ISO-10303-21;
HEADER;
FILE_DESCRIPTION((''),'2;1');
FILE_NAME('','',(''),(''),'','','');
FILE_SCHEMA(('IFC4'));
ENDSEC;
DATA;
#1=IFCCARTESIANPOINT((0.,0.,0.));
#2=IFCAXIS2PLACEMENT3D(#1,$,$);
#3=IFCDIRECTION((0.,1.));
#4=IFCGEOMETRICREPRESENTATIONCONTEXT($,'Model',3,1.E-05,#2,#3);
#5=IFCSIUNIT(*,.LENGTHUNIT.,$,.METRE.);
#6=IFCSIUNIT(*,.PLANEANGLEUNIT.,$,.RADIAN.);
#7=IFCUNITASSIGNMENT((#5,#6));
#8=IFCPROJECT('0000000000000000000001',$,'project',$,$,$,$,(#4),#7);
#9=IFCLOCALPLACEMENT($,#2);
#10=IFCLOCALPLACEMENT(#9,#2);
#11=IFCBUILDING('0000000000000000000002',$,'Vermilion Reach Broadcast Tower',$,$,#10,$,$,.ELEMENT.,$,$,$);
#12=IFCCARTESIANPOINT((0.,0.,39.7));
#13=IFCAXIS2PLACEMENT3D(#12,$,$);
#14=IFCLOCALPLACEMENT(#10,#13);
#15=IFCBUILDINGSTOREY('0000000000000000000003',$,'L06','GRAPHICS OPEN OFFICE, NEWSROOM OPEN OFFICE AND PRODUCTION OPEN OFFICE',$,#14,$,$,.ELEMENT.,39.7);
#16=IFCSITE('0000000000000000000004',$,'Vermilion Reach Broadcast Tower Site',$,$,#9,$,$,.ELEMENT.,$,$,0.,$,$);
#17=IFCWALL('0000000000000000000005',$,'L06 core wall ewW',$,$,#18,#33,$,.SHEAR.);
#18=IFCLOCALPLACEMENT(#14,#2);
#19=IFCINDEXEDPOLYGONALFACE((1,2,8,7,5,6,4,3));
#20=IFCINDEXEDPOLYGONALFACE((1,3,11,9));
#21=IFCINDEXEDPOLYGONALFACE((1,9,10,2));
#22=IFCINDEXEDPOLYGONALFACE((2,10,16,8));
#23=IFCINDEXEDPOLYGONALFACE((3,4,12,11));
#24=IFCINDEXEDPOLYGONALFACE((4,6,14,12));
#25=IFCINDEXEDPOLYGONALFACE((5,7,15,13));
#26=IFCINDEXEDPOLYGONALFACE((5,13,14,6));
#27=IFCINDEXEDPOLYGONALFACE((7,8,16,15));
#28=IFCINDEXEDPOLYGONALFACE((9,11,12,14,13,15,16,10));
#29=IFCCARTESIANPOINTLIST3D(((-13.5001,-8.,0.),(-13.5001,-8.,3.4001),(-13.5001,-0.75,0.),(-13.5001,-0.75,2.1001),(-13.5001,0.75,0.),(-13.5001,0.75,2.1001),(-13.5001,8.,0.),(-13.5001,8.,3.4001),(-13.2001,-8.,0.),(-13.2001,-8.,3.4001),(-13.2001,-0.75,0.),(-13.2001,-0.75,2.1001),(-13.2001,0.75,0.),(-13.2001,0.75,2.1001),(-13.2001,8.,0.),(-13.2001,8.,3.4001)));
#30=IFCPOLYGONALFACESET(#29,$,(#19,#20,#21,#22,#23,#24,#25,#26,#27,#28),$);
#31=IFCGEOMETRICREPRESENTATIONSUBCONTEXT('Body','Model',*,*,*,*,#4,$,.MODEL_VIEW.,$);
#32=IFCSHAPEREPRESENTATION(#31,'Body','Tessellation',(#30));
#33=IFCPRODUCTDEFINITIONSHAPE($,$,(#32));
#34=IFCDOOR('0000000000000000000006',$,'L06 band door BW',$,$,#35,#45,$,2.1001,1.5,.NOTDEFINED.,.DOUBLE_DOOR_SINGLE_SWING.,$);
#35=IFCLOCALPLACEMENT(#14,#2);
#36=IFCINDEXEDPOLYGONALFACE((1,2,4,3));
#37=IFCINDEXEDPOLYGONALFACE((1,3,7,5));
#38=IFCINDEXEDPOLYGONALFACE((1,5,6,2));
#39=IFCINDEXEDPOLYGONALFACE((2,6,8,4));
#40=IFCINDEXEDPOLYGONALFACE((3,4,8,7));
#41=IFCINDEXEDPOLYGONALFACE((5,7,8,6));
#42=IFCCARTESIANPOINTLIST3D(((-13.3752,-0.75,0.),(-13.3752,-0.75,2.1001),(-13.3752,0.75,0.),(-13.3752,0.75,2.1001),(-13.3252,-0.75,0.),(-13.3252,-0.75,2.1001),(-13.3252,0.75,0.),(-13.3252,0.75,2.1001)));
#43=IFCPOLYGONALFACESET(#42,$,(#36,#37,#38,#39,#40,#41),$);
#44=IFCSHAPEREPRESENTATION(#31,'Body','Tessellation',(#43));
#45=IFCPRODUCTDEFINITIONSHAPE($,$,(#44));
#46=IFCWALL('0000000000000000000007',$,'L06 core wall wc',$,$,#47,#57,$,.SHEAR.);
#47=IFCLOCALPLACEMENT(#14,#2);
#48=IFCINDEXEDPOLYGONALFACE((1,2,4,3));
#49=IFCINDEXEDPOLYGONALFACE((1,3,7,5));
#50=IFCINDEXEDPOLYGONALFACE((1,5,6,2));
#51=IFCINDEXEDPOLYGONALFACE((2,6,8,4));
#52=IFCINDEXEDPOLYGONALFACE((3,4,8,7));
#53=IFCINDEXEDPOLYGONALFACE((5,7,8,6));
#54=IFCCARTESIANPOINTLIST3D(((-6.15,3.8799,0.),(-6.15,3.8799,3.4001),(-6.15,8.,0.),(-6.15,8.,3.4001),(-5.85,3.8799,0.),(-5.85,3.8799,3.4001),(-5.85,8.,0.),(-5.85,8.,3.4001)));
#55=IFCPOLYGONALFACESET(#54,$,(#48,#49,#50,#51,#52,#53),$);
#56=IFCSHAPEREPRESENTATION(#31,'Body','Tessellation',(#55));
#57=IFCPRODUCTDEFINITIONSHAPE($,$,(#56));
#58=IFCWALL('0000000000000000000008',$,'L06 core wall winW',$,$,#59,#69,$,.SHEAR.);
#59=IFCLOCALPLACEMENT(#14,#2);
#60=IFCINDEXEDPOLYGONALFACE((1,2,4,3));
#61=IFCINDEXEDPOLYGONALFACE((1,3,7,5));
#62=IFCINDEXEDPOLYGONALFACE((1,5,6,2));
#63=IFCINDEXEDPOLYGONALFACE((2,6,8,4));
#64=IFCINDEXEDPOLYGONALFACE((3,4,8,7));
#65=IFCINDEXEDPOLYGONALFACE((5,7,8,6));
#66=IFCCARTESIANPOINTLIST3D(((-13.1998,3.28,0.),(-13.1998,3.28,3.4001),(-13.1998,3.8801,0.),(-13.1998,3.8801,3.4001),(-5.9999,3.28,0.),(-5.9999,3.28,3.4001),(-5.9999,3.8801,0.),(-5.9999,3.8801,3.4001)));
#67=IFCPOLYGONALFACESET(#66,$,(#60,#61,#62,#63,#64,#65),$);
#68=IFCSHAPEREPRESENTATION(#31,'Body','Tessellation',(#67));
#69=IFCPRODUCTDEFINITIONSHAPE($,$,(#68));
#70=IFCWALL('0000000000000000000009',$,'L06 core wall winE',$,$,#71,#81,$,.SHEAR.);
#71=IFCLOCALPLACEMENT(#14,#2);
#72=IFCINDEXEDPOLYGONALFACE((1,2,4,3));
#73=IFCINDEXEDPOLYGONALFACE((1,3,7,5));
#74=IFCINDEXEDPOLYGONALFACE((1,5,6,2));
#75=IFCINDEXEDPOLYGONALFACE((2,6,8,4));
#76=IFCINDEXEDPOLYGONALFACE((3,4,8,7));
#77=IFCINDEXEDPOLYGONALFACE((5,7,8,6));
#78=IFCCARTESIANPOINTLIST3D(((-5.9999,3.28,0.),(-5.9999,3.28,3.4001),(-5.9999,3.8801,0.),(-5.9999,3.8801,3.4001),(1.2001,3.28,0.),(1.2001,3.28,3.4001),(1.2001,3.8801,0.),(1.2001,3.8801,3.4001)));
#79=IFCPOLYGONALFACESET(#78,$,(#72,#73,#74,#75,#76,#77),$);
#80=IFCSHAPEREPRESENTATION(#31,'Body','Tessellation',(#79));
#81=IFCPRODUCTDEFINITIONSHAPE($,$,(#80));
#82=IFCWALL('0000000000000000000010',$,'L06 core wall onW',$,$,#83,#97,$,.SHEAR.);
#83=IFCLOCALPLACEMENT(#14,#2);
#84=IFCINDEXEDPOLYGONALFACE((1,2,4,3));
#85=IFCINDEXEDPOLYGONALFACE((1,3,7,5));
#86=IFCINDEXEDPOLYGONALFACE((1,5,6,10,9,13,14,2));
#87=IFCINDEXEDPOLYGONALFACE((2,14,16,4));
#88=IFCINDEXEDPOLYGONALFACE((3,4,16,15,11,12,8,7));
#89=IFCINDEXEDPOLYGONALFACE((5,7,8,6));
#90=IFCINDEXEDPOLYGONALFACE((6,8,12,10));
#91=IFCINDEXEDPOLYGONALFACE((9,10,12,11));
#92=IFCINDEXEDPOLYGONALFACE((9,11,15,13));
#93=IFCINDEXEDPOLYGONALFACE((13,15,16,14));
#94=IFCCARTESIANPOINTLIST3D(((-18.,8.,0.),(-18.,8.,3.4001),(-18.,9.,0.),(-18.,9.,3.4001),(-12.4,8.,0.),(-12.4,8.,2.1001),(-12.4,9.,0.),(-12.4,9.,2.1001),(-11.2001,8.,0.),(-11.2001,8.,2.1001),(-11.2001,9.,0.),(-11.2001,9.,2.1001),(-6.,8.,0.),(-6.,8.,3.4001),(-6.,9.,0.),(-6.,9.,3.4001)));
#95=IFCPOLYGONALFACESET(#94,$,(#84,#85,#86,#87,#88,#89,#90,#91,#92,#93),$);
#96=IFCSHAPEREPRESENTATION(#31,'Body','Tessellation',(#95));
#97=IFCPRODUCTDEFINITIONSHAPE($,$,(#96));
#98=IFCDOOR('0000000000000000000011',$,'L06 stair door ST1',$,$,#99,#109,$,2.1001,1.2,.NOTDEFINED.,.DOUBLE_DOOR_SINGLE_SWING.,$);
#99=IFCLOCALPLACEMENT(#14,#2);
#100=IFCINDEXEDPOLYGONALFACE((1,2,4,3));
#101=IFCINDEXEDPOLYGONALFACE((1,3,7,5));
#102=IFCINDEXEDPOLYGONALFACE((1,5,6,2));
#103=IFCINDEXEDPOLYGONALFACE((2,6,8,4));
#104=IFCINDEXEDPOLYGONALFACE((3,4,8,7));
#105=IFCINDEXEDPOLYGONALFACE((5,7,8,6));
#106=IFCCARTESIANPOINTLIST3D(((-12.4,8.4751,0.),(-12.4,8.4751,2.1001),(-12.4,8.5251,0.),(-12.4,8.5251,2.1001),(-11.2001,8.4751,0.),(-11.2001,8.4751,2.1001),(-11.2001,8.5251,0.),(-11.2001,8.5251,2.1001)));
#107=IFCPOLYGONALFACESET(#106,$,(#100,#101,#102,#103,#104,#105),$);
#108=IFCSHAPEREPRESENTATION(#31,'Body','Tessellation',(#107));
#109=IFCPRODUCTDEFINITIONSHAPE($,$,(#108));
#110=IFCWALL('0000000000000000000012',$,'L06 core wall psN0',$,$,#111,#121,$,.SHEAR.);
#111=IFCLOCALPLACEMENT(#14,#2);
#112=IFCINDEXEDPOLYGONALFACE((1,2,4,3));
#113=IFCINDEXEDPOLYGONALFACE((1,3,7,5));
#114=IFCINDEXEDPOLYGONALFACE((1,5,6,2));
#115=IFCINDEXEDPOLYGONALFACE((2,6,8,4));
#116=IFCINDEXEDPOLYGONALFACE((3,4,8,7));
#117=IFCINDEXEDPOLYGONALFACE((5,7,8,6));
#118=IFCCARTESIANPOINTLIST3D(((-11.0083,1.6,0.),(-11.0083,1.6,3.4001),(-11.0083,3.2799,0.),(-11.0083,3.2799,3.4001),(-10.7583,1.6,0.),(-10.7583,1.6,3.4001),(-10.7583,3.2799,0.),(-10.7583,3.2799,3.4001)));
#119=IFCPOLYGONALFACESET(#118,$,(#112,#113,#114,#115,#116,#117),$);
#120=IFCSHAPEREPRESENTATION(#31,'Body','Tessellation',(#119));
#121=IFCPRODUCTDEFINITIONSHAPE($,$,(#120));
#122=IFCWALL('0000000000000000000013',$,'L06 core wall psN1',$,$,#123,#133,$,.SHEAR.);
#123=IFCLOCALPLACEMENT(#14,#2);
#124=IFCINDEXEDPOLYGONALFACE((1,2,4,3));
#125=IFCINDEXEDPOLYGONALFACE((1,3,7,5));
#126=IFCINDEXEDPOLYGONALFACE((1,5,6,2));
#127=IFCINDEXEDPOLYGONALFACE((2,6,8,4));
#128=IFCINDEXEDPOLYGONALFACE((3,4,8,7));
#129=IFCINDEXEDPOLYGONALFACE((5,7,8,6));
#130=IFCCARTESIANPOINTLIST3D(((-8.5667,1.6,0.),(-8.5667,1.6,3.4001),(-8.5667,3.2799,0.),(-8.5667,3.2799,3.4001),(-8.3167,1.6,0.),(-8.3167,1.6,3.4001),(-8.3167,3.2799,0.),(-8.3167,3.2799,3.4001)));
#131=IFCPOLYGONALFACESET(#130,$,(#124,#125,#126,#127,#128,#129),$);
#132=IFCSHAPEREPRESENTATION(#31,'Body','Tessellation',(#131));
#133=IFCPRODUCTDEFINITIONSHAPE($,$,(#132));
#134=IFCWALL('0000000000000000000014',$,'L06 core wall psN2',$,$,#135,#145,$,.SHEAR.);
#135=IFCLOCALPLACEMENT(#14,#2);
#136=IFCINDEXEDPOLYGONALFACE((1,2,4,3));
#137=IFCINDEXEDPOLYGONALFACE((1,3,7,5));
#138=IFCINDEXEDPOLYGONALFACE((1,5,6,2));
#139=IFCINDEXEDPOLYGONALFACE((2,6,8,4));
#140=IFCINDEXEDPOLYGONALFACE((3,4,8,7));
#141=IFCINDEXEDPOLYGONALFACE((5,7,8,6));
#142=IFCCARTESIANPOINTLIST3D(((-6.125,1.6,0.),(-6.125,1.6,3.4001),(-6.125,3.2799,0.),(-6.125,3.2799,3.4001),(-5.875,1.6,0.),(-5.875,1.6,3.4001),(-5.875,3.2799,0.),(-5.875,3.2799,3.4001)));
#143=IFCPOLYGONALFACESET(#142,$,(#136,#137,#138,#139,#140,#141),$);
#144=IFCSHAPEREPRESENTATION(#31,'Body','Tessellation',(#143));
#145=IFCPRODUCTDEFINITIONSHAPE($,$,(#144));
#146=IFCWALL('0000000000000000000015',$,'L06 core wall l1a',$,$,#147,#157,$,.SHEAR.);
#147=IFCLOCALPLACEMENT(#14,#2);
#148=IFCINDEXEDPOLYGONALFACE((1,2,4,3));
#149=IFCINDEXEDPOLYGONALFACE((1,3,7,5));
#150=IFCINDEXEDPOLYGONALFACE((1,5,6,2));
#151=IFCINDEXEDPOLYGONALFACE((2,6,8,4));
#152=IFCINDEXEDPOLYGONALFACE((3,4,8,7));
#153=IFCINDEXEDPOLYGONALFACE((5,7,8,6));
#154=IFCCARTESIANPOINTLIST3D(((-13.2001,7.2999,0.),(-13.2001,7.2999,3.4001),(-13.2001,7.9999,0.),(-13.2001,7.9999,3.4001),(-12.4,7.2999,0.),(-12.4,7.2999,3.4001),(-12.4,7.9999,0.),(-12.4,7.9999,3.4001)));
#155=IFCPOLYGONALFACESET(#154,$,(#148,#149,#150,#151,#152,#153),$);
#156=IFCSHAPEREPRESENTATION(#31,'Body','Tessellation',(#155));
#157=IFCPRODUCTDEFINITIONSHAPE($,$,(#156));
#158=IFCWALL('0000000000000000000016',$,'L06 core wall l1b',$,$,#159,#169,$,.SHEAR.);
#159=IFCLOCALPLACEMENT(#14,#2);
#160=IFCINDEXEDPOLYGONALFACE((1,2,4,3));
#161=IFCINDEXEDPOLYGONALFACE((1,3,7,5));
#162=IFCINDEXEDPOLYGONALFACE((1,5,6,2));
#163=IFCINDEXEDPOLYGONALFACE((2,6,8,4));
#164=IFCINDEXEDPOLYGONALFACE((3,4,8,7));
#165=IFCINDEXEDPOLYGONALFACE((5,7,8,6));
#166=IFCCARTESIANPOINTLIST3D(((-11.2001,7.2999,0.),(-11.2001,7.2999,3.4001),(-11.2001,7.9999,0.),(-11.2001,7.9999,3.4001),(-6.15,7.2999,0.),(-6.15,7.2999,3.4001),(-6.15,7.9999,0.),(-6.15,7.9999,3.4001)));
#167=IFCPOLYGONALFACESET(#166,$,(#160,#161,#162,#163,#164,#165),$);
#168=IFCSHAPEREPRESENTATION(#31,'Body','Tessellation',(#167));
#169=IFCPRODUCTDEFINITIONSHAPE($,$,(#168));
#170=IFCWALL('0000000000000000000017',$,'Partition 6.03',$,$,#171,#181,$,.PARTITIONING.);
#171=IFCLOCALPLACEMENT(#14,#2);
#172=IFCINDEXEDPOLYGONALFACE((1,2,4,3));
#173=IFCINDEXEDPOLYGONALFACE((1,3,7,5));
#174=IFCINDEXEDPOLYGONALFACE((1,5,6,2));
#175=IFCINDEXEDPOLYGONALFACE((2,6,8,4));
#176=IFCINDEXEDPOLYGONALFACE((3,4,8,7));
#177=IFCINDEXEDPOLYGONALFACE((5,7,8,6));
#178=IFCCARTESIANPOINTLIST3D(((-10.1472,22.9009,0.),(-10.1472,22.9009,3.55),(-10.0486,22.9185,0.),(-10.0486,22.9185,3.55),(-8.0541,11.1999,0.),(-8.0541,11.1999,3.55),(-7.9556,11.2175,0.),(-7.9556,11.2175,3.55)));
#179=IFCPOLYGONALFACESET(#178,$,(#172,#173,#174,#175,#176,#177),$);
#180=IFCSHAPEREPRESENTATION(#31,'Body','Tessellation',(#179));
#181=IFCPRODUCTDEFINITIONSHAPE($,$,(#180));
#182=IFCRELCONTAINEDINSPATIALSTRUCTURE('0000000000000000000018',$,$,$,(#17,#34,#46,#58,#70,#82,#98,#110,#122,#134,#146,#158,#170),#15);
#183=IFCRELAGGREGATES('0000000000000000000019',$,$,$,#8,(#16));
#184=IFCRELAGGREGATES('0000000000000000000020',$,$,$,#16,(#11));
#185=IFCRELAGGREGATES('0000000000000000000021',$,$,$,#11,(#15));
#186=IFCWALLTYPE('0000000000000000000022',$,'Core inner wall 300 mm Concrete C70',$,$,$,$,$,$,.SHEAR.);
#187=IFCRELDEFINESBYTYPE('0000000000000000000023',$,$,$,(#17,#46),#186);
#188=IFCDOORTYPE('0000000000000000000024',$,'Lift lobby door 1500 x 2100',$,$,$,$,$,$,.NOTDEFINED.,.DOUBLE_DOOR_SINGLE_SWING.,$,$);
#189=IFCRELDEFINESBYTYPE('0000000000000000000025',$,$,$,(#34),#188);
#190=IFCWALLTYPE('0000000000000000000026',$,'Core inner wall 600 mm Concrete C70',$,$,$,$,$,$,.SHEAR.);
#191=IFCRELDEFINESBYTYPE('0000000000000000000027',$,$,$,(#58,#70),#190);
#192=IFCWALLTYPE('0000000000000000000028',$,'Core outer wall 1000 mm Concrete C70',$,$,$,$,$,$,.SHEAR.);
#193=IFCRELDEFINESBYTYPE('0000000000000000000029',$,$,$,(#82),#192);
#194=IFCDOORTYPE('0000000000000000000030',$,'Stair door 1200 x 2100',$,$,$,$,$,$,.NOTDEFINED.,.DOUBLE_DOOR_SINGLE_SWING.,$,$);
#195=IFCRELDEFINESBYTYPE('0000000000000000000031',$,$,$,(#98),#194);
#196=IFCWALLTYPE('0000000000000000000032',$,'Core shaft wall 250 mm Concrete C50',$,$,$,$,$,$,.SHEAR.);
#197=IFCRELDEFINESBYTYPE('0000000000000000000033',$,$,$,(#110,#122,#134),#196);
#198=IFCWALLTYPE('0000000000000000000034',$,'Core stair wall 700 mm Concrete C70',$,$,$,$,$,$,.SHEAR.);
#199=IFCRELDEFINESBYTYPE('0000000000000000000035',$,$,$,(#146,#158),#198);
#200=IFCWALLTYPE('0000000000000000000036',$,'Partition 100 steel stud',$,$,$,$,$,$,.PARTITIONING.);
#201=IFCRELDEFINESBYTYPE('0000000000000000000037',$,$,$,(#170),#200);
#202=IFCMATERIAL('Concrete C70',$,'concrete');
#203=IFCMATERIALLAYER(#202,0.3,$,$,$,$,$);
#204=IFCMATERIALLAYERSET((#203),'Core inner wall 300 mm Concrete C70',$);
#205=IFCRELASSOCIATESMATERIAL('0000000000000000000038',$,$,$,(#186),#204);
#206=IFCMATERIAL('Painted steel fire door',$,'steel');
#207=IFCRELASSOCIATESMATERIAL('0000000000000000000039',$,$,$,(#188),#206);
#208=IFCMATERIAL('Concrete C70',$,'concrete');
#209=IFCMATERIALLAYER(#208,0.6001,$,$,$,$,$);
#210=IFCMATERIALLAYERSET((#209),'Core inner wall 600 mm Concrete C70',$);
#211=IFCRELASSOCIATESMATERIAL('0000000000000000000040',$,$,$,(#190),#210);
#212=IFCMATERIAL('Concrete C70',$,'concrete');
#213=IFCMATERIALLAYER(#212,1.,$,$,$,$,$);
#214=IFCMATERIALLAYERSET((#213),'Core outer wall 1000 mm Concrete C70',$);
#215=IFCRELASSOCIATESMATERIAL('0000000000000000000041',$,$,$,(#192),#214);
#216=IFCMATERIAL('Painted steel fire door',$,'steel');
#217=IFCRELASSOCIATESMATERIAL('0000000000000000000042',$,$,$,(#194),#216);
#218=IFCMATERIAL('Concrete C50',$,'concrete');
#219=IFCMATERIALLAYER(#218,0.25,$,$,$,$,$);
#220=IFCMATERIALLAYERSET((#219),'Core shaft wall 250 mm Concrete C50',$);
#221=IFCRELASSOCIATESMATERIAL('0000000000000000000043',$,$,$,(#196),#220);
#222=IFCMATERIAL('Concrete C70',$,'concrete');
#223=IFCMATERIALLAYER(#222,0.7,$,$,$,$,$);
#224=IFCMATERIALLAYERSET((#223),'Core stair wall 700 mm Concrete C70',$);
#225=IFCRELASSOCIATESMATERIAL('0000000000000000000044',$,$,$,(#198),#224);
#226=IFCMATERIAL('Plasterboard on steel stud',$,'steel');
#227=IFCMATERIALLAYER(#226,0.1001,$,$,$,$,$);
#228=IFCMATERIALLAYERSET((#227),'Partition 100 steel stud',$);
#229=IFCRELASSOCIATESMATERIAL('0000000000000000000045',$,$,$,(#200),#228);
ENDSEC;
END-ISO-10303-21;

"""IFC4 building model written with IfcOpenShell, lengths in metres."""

from ifc_helpers import new_model, si_unit, direction, frame, frame_2d, origin, place, context, subcontext, project, spatial, rectangle, extrude, material, layer, layer_set, type_object, element, fill, save


model = new_model("IFC4")

# Units and contexts
model_context = context("Model", 3, precision=1e-05, world=origin(), true_north=direction((0.0, 1.0)))
body_context = subcontext(model_context, "Body", "Model", "MODEL_VIEW")
ifc_project = project(units=[si_unit("LENGTHUNIT", "METRE"), si_unit("PLANEANGLEUNIT", "RADIAN")], contexts=[model_context])

# Site, building, storey
site_placement = place(None, origin())
site = spatial("IfcSite", under=ifc_project, at=site_placement, Name="Vermilion Reach Broadcast Tower Site", CompositionType="ELEMENT", RefElevation=0.0)
building_placement = place(site_placement, origin())
building = spatial("IfcBuilding", under=site, at=building_placement, Name="Vermilion Reach Broadcast Tower", CompositionType="ELEMENT")
storey_placement = place(building_placement, frame((0.0, 0.0, 39.7)))
storey = spatial("IfcBuildingStorey", under=building, at=storey_placement, Name="L06", Description="GRAPHICS OPEN OFFICE, NEWSROOM OPEN OFFICE AND PRODUCTION OPEN OFFICE", CompositionType="ELEMENT", Elevation=39.7)

# Wall, opening, door
ifc_material_1 = material(Name="Concrete C70", Category="concrete")
ifc_layer_1 = layer(ifc_material_1, 0.3)
ifc_layer_set_1 = layer_set([ifc_layer_1], Name="Core inner wall 300 mm Concrete C70")
wall_type_1 = type_object("IfcWallType", Name="Core inner wall 300 mm Concrete C70", PredefinedType="SHEAR", material=ifc_layer_set_1)
wall_1_placement = place(storey_placement, frame((-13.3501, 8.0, 0.0), z_axis=(0.0, 0.0, 1.0), x_axis=(0.0, -1.0, 0.0)))
wall_1 = element("IfcWall", 1, at=wall_1_placement, inside=storey, type_object=wall_type_1, Name="L06 core wall ewW", PredefinedType="SHEAR", context=body_context, shape_type="SweptSolid", body=[
    extrude(rectangle(XDim=16.0, YDim=0.3, at=frame_2d((8.0, 0.0))), origin(), (0.0, 0.0, 1.0), 3.4001),
])
opening_1_placement = place(wall_1_placement, frame((7.25, 0.0, 0.0)))
opening_1 = element("IfcOpeningElement", 2, at=opening_1_placement, cuts=wall_1, PredefinedType="OPENING", context=body_context, shape_type="SweptSolid", body=[
    extrude(rectangle(XDim=1.5, YDim=2.1001, at=frame_2d((0.75, 1.05))), frame((0.0, 0.1599, 0.0), z_axis=(0.0, -1.0, 0.0), x_axis=(1.0, 0.0, 0.0)), (0.0, 0.0, 1.0), 0.3201),
])
ifc_material_2 = material(Name="Painted steel fire door", Category="steel")
door_type_1 = type_object("IfcDoorType", Name="Lift lobby door 1500 x 2100", OperationType="DOUBLE_DOOR_SINGLE_SWING", PredefinedType="NOTDEFINED", material=ifc_material_2)
door_1_placement = place(opening_1_placement, origin())
door_1 = element("IfcDoor", 3, at=door_1_placement, inside=storey, type_object=door_type_1, Name="L06 band door BW", OperationType="DOUBLE_DOOR_SINGLE_SWING", OverallHeight=2.1001, OverallWidth=1.5, PredefinedType="NOTDEFINED", context=body_context, shape_type="SweptSolid", body=[
    extrude(rectangle(XDim=1.5, YDim=2.1001, at=frame_2d((0.75, 1.05))), frame((0.0, 0.0249, 0.0), z_axis=(0.0, -1.0, 0.0), x_axis=(1.0, 0.0, 0.0)), (0.0, 0.0, 1.0), 0.05),
])
fill(opening_1, door_1)

# Walls
wall_2_placement = place(storey_placement, frame((-6.0, 3.8799, 0.0), z_axis=(0.0, 0.0, 1.0), x_axis=(0.0, 1.0, 0.0)))
element("IfcWall", 4, at=wall_2_placement, inside=storey, type_object=wall_type_1, Name="L06 core wall wc", PredefinedType="SHEAR", context=body_context, shape_type="SweptSolid", body=[
    extrude(rectangle(XDim=4.1201, YDim=0.3, at=frame_2d((2.0601, 0.0))), origin(), (0.0, 0.0, 1.0), 3.4001),
])
ifc_material_3 = material(Name="Concrete C70", Category="concrete")
ifc_layer_2 = layer(ifc_material_3, 0.6001)
ifc_layer_set_2 = layer_set([ifc_layer_2], Name="Core inner wall 600 mm Concrete C70")
wall_type_2 = type_object("IfcWallType", Name="Core inner wall 600 mm Concrete C70", PredefinedType="SHEAR", material=ifc_layer_set_2)
for number, where, z_axis, x_axis, name in (
    (5, (-13.2, 3.5801, 0.0), (0.0, 0.0, 1.0), (1.0, 0.0, 0.0), "L06 core wall winW"),
    (6, (-6.0, 3.5801, 0.0), (0.0, 0.0, 1.0), (1.0, 0.0, 0.0), "L06 core wall winE"),
):
    element("IfcWall", number, at=place(storey_placement, frame(where, z_axis=z_axis, x_axis=x_axis)), inside=storey, type_object=wall_type_2, Name=name, PredefinedType="SHEAR", context=body_context, shape_type="SweptSolid", body=[
        extrude(rectangle(XDim=7.2, YDim=0.6001, at=frame_2d((3.6001, 0.0))), origin(), (0.0, 0.0, 1.0), 3.4001),
    ])

# Wall, opening, door
ifc_material_4 = material(Name="Concrete C70", Category="concrete")
ifc_layer_3 = layer(ifc_material_4, 1.0)
ifc_layer_set_3 = layer_set([ifc_layer_3], Name="Core outer wall 1000 mm Concrete C70")
wall_type_3 = type_object("IfcWallType", Name="Core outer wall 1000 mm Concrete C70", PredefinedType="SHEAR", material=ifc_layer_set_3)
wall_3_placement = place(storey_placement, frame((-6.0, 8.5, 0.0), z_axis=(0.0, 0.0, 1.0), x_axis=(-1.0, 0.0, 0.0)))
wall_3 = element("IfcWall", 7, at=wall_3_placement, inside=storey, type_object=wall_type_3, Name="L06 core wall onW", PredefinedType="SHEAR", context=body_context, shape_type="SweptSolid", body=[
    extrude(rectangle(XDim=12.0, YDim=1.0, at=frame_2d((6.0, 0.0))), origin(), (0.0, 0.0, 1.0), 3.4001),
])
opening_2_placement = place(wall_3_placement, frame((5.2, 0.0, 0.0)))
opening_2 = element("IfcOpeningElement", 8, at=opening_2_placement, cuts=wall_3, PredefinedType="OPENING", context=body_context, shape_type="SweptSolid", body=[
    extrude(rectangle(XDim=1.2, YDim=2.1001, at=frame_2d((0.6001, 1.05))), frame((0.0, 0.51, 0.0), z_axis=(0.0, -1.0, 0.0), x_axis=(1.0, 0.0, 0.0)), (0.0, 0.0, 1.0), 1.02),
])
ifc_material_5 = material(Name="Painted steel fire door", Category="steel")
door_type_2 = type_object("IfcDoorType", Name="Stair door 1200 x 2100", OperationType="DOUBLE_DOOR_SINGLE_SWING", PredefinedType="NOTDEFINED", material=ifc_material_5)
door_2_placement = place(opening_2_placement, origin())
door_2 = element("IfcDoor", 9, at=door_2_placement, inside=storey, type_object=door_type_2, Name="L06 stair door ST1", OperationType="DOUBLE_DOOR_SINGLE_SWING", OverallHeight=2.1001, OverallWidth=1.2, PredefinedType="NOTDEFINED", context=body_context, shape_type="SweptSolid", body=[
    extrude(rectangle(XDim=1.2, YDim=2.1001, at=frame_2d((0.6001, 1.05))), frame((0.0, 0.0249, 0.0), z_axis=(0.0, -1.0, 0.0), x_axis=(1.0, 0.0, 0.0)), (0.0, 0.0, 1.0), 0.05),
])
fill(opening_2, door_2)

# Walls
ifc_material_6 = material(Name="Concrete C50", Category="concrete")
ifc_layer_4 = layer(ifc_material_6, 0.25)
ifc_layer_set_4 = layer_set([ifc_layer_4], Name="Core shaft wall 250 mm Concrete C50")
wall_type_4 = type_object("IfcWallType", Name="Core shaft wall 250 mm Concrete C50", PredefinedType="SHEAR", material=ifc_layer_set_4)
for number, where, z_axis, x_axis, name in (
    (10, (-10.8833, 1.6001, 0.0), (0.0, 0.0, 1.0), (0.0, 1.0, 0.0), "L06 core wall psN0"),
    (11, (-8.4417, 1.6001, 0.0), (0.0, 0.0, 1.0), (0.0, 1.0, 0.0), "L06 core wall psN1"),
    (12, (-6.0, 1.6001, 0.0), (0.0, 0.0, 1.0), (0.0, 1.0, 0.0), "L06 core wall psN2"),
):
    element("IfcWall", number, at=place(storey_placement, frame(where, z_axis=z_axis, x_axis=x_axis)), inside=storey, type_object=wall_type_4, Name=name, PredefinedType="SHEAR", context=body_context, shape_type="SweptSolid", body=[
        extrude(rectangle(XDim=1.6799, YDim=0.25, at=frame_2d((0.8398, 0.0))), origin(), (0.0, 0.0, 1.0), 3.4001),
    ])
ifc_material_7 = material(Name="Concrete C70", Category="concrete")
ifc_layer_5 = layer(ifc_material_7, 0.7)
ifc_layer_set_5 = layer_set([ifc_layer_5], Name="Core stair wall 700 mm Concrete C70")
wall_type_5 = type_object("IfcWallType", Name="Core stair wall 700 mm Concrete C70", PredefinedType="SHEAR", material=ifc_layer_set_5)
wall_4_placement = place(storey_placement, frame((-13.2, 7.6499, 0.0), z_axis=(0.0, 0.0, 1.0), x_axis=(1.0, 0.0, 0.0)))
element("IfcWall", 13, at=wall_4_placement, inside=storey, type_object=wall_type_5, Name="L06 core wall l1a", PredefinedType="SHEAR", context=body_context, shape_type="SweptSolid", body=[
    extrude(rectangle(XDim=0.8, YDim=0.7, at=frame_2d((0.3999, 0.0))), origin(), (0.0, 0.0, 1.0), 3.4001),
])
wall_5_placement = place(storey_placement, frame((-11.2, 7.6499, 0.0), z_axis=(0.0, 0.0, 1.0), x_axis=(1.0, 0.0, 0.0)))
element("IfcWall", 14, at=wall_5_placement, inside=storey, type_object=wall_type_5, Name="L06 core wall l1b", PredefinedType="SHEAR", context=body_context, shape_type="SweptSolid", body=[
    extrude(rectangle(XDim=5.05, YDim=0.7, at=frame_2d((2.5249, 0.0))), origin(), (0.0, 0.0, 1.0), 3.4001),
])
ifc_material_8 = material(Name="Plasterboard on steel stud", Category="steel")
ifc_layer_6 = layer(ifc_material_8, 0.1001)
ifc_layer_set_6 = layer_set([ifc_layer_6], Name="Partition 100 steel stud")
wall_type_6 = type_object("IfcWallType", Name="Partition 100 steel stud", PredefinedType="PARTITIONING", material=ifc_layer_set_6)
wall_6_placement = place(storey_placement, frame((-10.0979, 22.9097, 0.0), z_axis=(0.0, 0.0, 1.0), x_axis=(0.176081, -0.984376, 0.0)))
element("IfcWall", 15, at=wall_6_placement, inside=storey, type_object=wall_type_6, Name="Partition 6.03", PredefinedType="PARTITIONING", context=body_context, shape_type="SweptSolid", body=[
    extrude(rectangle(XDim=11.8867, YDim=0.1001, at=frame_2d((5.9434, 0.0))), origin(), (0.0, 0.0, 1.0), 3.55),
])

save(model, "model.ifc")
